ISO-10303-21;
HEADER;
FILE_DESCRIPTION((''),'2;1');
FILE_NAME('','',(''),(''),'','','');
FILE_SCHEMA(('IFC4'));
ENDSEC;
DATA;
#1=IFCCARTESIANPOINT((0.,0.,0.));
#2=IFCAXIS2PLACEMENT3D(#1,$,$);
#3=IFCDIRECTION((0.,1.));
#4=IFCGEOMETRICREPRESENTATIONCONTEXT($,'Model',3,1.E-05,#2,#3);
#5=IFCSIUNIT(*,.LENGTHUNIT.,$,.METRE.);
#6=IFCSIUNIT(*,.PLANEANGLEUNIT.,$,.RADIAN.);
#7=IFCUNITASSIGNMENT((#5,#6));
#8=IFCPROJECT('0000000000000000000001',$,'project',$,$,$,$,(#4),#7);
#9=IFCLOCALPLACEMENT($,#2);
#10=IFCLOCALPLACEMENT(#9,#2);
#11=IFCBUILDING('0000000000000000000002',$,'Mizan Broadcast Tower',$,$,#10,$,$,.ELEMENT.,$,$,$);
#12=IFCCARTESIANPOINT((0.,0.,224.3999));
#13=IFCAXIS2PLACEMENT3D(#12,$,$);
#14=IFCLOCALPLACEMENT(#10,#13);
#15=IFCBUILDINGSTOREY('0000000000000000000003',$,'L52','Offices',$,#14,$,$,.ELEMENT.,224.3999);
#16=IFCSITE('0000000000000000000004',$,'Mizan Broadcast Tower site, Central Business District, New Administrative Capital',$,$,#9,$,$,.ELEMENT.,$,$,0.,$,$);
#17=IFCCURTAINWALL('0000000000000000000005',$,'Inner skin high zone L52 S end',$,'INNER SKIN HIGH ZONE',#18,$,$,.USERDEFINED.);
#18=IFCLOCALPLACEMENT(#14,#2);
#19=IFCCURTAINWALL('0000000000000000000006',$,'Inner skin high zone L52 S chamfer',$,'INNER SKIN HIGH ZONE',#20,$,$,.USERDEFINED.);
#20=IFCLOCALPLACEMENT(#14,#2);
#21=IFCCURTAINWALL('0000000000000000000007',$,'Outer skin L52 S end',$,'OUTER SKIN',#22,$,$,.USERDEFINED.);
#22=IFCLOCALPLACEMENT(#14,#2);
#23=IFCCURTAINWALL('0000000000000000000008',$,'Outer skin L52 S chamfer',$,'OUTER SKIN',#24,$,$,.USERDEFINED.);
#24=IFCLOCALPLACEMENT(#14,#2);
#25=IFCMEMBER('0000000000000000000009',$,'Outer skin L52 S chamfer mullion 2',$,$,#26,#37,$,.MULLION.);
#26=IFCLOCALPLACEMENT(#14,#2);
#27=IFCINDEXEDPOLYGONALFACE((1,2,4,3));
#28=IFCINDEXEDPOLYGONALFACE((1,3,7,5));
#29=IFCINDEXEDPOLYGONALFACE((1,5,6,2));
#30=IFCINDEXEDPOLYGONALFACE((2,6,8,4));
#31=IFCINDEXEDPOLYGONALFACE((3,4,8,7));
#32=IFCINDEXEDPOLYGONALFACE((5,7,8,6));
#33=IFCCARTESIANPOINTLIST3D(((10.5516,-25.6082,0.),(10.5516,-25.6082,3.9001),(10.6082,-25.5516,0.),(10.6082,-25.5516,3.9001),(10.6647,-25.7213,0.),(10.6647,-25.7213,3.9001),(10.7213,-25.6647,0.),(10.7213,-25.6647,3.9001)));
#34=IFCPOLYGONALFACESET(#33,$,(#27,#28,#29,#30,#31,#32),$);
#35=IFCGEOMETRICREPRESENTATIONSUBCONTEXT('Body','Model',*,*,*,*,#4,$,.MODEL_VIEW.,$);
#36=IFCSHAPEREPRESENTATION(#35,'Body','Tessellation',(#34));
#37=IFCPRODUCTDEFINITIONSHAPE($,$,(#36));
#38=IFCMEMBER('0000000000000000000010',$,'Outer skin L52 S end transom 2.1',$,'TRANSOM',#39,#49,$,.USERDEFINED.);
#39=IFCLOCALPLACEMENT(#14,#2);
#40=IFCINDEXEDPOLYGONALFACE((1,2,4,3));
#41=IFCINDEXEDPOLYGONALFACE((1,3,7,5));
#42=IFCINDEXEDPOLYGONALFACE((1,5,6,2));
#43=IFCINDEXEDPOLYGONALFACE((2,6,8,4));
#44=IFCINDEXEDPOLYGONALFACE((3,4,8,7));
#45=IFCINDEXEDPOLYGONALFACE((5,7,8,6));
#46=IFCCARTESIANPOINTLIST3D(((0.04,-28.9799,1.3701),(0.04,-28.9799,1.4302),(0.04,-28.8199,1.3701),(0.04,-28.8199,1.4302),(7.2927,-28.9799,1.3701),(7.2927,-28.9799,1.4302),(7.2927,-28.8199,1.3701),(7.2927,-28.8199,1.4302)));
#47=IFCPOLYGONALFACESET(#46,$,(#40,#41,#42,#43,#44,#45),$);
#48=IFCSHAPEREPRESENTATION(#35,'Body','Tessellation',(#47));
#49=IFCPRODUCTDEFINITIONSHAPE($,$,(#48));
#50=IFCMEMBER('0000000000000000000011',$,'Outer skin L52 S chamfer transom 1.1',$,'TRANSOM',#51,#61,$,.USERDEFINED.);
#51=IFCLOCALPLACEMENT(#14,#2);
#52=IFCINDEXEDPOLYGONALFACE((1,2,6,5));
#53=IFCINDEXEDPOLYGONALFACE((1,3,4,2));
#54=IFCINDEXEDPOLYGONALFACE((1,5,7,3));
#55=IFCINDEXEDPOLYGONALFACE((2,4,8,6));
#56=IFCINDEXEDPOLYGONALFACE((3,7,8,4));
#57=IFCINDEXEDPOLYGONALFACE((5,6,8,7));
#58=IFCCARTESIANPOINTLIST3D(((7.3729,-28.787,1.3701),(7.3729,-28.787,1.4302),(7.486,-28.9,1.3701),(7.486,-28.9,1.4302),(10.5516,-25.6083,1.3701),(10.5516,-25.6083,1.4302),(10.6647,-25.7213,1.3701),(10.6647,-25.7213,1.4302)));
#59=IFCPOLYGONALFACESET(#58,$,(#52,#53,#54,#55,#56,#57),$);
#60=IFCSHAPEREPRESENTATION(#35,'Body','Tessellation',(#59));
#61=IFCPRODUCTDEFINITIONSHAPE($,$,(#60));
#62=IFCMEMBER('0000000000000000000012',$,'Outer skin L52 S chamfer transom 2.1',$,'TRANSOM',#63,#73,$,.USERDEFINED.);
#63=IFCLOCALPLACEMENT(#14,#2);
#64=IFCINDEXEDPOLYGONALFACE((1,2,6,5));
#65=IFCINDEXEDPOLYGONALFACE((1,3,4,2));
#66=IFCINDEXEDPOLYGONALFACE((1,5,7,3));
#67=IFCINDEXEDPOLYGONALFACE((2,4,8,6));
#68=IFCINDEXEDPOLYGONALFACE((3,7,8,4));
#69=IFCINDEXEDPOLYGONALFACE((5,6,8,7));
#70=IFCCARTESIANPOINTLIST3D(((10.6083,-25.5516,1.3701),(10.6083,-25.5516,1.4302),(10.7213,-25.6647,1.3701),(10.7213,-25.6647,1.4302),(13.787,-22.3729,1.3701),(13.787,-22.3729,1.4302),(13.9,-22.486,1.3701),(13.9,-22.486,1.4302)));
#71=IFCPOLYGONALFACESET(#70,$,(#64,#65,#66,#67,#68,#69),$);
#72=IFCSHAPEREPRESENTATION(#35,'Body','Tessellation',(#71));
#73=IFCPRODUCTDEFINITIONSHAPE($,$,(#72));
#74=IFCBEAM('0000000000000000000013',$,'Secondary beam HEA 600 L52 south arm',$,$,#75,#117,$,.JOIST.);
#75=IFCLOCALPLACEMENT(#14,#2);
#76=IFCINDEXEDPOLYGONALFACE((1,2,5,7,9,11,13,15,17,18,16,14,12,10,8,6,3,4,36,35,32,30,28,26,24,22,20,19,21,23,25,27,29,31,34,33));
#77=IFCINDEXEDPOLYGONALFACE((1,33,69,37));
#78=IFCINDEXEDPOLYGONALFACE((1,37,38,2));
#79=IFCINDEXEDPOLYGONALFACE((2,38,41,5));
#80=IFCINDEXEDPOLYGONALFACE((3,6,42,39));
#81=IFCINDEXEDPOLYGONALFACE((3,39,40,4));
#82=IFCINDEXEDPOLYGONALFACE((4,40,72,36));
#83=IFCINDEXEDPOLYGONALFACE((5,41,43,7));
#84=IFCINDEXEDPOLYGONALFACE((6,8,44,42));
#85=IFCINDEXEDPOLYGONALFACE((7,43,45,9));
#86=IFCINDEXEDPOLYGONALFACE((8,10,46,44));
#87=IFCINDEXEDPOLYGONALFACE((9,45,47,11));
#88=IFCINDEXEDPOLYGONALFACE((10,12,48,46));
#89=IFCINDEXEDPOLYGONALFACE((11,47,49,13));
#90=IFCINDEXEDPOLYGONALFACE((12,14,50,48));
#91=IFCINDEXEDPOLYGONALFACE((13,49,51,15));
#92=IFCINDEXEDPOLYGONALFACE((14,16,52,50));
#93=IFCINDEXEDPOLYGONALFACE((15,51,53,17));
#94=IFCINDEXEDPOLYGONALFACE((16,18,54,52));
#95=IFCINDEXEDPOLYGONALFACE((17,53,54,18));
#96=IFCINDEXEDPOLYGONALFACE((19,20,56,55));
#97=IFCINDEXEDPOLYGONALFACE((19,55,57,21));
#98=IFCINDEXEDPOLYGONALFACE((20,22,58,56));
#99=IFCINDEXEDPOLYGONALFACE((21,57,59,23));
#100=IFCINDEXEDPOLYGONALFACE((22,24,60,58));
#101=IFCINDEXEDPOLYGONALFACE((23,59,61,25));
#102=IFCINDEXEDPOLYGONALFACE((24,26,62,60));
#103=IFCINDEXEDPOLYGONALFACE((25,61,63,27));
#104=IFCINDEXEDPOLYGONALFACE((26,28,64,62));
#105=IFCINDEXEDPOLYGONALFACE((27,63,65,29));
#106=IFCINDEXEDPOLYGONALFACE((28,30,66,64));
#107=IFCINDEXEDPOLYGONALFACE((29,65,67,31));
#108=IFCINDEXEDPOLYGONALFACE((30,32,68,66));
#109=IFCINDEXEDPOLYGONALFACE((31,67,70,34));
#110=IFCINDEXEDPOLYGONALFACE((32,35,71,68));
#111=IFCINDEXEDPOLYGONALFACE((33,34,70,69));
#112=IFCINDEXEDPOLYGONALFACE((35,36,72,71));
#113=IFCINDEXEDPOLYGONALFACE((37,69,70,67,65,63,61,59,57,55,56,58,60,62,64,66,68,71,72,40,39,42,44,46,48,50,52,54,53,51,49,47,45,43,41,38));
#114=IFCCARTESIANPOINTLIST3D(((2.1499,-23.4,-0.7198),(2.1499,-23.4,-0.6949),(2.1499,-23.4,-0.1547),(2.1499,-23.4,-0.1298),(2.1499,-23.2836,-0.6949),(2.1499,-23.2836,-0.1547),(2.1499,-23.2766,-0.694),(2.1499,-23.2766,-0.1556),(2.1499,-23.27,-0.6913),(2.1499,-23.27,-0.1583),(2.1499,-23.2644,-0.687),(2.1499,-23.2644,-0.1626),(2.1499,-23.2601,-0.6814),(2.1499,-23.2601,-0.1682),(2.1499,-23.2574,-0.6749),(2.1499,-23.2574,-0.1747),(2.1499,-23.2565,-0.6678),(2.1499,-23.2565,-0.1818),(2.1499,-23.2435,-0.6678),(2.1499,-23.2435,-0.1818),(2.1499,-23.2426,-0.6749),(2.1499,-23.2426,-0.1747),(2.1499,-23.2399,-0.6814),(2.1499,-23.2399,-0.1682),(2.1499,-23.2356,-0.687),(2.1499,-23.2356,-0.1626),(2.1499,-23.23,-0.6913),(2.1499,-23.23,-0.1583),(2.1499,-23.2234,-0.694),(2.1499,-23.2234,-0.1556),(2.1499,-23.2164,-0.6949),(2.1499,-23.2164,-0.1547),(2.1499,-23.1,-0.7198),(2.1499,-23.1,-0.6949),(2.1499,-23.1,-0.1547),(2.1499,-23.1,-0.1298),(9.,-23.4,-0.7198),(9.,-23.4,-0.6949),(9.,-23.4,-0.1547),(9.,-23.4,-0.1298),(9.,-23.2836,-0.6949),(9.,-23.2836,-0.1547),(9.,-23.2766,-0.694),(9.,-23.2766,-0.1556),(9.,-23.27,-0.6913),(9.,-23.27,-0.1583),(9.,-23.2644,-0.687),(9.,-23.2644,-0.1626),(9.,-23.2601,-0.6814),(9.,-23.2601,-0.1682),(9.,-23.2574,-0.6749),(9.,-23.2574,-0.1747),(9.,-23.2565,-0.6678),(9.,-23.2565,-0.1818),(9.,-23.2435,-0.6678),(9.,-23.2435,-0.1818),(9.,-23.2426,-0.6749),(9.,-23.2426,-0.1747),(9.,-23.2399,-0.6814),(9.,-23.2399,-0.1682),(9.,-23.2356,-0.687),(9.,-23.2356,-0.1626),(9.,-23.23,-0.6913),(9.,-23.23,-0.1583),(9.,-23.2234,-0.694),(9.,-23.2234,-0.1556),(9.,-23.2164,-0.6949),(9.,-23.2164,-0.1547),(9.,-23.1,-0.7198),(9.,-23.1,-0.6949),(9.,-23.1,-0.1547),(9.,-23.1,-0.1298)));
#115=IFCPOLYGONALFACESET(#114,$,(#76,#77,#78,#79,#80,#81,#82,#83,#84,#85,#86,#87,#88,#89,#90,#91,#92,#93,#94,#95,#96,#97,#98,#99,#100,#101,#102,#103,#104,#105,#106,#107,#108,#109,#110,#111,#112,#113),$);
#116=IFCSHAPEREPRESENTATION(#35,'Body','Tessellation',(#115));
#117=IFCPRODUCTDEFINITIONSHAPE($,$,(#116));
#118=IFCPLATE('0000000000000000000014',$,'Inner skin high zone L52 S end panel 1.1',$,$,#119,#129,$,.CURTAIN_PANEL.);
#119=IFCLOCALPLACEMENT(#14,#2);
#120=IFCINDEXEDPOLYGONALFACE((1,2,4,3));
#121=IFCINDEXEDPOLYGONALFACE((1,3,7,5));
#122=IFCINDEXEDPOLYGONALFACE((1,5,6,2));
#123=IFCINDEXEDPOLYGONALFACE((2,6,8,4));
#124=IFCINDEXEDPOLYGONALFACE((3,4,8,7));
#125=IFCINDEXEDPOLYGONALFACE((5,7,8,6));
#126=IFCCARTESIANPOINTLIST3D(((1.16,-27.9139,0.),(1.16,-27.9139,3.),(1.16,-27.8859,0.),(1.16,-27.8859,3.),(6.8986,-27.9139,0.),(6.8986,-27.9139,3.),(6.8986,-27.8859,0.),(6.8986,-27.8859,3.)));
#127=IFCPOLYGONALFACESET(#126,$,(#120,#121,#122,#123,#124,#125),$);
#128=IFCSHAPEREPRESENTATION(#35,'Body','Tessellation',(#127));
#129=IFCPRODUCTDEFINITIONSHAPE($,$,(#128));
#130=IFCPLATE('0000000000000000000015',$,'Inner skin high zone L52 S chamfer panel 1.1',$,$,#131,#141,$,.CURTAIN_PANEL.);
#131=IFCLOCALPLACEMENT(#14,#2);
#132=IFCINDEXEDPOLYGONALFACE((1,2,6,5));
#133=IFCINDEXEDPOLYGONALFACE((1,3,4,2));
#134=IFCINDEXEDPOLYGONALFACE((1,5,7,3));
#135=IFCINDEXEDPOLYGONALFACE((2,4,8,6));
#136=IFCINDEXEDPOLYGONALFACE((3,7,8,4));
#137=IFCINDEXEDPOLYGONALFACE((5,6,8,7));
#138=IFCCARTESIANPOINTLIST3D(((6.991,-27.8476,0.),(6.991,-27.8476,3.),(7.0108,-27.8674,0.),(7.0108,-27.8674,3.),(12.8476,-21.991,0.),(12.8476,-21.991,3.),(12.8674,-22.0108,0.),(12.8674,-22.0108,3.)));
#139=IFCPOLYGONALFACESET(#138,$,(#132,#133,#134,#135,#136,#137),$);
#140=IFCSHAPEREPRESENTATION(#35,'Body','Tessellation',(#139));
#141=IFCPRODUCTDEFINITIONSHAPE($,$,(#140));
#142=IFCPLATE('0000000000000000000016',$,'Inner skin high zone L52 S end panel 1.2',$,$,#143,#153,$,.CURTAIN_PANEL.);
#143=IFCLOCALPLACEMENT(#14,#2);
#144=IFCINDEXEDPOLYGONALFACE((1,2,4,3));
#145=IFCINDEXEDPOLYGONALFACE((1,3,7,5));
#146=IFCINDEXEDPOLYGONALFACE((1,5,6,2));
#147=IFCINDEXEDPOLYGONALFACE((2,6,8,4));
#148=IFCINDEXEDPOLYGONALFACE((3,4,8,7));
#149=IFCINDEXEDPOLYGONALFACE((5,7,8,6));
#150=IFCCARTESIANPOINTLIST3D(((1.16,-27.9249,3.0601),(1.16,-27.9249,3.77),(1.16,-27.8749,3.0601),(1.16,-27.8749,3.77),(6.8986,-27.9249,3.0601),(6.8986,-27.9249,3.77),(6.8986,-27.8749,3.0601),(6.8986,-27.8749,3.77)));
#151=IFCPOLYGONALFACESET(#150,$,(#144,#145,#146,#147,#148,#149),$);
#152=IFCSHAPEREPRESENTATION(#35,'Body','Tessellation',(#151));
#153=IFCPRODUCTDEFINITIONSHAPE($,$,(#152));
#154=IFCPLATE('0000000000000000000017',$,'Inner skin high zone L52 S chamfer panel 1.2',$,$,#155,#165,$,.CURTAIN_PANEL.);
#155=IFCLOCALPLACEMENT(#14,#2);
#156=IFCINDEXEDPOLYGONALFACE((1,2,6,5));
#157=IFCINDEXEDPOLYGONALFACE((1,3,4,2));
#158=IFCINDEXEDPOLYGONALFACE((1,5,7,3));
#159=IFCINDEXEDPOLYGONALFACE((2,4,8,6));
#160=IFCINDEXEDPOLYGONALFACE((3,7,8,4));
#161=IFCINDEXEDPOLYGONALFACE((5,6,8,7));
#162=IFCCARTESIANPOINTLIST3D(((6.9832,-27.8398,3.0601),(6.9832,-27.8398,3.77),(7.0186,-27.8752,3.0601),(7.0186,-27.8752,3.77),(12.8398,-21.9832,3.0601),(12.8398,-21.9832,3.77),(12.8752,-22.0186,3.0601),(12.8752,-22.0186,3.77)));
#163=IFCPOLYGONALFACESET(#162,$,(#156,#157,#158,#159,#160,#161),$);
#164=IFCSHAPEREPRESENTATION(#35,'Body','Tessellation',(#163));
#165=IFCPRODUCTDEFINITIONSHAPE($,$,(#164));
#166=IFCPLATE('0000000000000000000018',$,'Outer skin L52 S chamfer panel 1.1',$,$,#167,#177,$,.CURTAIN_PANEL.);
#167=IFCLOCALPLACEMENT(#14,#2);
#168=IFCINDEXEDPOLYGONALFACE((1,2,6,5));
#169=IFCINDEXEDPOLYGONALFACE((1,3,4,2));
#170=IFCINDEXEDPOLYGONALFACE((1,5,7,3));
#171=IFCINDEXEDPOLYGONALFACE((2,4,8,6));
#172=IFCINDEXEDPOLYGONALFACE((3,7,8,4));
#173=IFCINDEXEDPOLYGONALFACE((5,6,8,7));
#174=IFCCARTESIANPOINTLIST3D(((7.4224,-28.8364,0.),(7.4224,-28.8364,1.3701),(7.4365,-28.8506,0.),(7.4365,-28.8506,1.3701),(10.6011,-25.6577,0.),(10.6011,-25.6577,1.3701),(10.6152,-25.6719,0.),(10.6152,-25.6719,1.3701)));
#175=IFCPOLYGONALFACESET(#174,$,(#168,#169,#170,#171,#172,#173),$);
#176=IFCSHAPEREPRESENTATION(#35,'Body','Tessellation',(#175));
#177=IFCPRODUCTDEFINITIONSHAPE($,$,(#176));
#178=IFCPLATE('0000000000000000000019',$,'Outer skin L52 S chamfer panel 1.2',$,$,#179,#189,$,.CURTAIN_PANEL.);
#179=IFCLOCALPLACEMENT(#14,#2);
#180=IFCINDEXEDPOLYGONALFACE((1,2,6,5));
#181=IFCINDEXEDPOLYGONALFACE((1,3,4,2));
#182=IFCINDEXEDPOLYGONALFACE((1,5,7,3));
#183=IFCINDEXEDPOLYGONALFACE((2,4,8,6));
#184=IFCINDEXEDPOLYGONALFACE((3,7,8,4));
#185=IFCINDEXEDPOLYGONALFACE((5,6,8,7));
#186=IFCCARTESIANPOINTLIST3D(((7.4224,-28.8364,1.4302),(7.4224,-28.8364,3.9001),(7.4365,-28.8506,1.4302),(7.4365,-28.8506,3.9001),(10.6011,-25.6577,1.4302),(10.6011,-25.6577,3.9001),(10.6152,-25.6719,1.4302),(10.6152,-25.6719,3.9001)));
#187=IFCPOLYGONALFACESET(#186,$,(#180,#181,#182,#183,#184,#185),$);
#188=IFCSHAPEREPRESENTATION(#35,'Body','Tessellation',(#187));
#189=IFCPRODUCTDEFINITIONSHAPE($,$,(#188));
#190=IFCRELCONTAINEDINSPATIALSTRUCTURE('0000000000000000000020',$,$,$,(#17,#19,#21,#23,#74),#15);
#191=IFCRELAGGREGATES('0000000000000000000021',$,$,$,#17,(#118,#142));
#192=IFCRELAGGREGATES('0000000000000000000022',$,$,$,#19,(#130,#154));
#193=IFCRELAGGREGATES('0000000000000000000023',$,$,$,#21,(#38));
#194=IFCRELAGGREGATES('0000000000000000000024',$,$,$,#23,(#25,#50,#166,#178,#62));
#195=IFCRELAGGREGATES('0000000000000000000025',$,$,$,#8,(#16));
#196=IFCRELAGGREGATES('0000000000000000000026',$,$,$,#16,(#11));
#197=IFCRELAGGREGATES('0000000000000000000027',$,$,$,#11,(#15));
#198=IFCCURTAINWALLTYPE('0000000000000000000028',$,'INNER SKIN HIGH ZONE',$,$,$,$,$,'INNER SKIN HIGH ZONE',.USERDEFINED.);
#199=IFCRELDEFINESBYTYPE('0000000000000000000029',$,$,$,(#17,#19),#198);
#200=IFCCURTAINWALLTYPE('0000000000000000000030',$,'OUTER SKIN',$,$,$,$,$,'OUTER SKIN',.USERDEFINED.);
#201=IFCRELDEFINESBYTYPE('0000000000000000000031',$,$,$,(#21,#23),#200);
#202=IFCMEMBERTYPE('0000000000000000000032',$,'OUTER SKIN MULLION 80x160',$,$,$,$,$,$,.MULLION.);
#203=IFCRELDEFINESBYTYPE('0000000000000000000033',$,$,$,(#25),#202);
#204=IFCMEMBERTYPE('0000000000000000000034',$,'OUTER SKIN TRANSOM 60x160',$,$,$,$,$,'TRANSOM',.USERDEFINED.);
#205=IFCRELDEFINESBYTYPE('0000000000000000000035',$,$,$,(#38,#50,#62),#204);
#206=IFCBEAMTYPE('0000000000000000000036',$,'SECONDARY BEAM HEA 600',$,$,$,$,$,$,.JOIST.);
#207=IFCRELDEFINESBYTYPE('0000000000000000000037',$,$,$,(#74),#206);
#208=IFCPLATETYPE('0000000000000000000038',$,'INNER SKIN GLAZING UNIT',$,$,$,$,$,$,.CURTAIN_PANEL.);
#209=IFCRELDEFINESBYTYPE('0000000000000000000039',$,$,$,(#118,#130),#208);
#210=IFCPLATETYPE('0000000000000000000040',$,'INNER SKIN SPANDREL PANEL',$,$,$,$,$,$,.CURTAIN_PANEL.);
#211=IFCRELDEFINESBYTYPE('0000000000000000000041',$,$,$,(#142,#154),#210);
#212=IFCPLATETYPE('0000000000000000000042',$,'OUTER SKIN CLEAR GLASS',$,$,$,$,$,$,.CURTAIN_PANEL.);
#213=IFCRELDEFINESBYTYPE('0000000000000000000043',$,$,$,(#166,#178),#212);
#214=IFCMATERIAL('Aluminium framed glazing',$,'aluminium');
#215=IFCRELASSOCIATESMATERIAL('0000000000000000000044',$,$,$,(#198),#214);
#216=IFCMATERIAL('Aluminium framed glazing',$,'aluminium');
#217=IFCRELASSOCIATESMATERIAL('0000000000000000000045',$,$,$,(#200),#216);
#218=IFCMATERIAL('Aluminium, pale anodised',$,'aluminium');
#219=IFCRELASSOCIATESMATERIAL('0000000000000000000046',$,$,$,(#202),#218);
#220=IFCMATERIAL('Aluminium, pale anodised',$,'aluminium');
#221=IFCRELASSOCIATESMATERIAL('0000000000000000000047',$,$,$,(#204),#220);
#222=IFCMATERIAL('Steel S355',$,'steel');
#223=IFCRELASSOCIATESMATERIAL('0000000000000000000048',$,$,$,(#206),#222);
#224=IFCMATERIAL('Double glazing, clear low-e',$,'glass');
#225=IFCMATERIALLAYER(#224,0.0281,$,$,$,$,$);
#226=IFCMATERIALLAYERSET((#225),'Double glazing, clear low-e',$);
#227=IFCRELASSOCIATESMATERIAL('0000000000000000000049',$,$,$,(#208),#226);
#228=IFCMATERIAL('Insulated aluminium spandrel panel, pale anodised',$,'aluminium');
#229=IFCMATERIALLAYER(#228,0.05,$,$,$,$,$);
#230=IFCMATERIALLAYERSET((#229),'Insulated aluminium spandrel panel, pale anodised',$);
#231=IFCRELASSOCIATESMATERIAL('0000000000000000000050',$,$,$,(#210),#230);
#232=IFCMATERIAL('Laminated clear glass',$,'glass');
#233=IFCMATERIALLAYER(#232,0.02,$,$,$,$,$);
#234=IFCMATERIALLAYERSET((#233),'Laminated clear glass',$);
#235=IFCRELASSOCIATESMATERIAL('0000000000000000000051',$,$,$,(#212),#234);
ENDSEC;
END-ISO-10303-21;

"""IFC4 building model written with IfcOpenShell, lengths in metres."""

from ifc_helpers import new_model, si_unit, direction, frame, origin, origin_2d, place, context, subcontext, project, spatial, rectangle, i_section, extrude, material, layer, layer_set, material_profile, profile_set, type_object, element, aggregate, save


model = new_model("IFC4")

# Units and contexts
model_context = context("Model", 3, precision=1e-05, world=origin(), true_north=direction((0.0, 1.0)))
body_context = subcontext(model_context, "Body", "Model", "MODEL_VIEW")
ifc_project = project(units=[si_unit("LENGTHUNIT", "METRE"), si_unit("PLANEANGLEUNIT", "RADIAN")], contexts=[model_context])

# Site, building, storey
site_placement = place(None, origin())
site = spatial("IfcSite", under=ifc_project, at=site_placement, Name="Mizan Broadcast Tower site, Central Business District, New Administrative Capital", CompositionType="ELEMENT", RefElevation=0.0)
building_placement = place(site_placement, origin())
building = spatial("IfcBuilding", under=site, at=building_placement, Name="Mizan Broadcast Tower", CompositionType="ELEMENT")
storey_placement = place(building_placement, frame((0.0, 0.0, 224.3999)))
storey = spatial("IfcBuildingStorey", under=building, at=storey_placement, Name="L52", Description="Offices", CompositionType="ELEMENT", Elevation=224.3999)

# Curtain wall
ifc_material_1 = material(Name="Aluminium framed glazing", Category="aluminium")
curtain_wall_type_1 = type_object("IfcCurtainWallType", Name="INNER SKIN HIGH ZONE", ElementType="INNER SKIN HIGH ZONE", PredefinedType="USERDEFINED", material=ifc_material_1)
curtain_wall_1_placement = place(storey_placement, origin())
curtain_wall_1 = element("IfcCurtainWall", 1, at=curtain_wall_1_placement, inside=storey, type_object=curtain_wall_type_1, Name="Inner skin high zone L52 S end", ObjectType="INNER SKIN HIGH ZONE", PredefinedType="USERDEFINED")

# Curtain wall
curtain_wall_2_placement = place(storey_placement, origin())
curtain_wall_2 = element("IfcCurtainWall", 2, at=curtain_wall_2_placement, inside=storey, type_object=curtain_wall_type_1, Name="Inner skin high zone L52 S chamfer", ObjectType="INNER SKIN HIGH ZONE", PredefinedType="USERDEFINED")

# Curtain wall
ifc_material_2 = material(Name="Aluminium framed glazing", Category="aluminium")
curtain_wall_type_2 = type_object("IfcCurtainWallType", Name="OUTER SKIN", ElementType="OUTER SKIN", PredefinedType="USERDEFINED", material=ifc_material_2)
curtain_wall_3_placement = place(storey_placement, origin())
curtain_wall_3 = element("IfcCurtainWall", 3, at=curtain_wall_3_placement, inside=storey, type_object=curtain_wall_type_2, Name="Outer skin L52 S end", ObjectType="OUTER SKIN", PredefinedType="USERDEFINED")
ifc_material_3 = material(Name="Aluminium, pale anodised", Category="aluminium")
ifc_material_profile_1 = material_profile(ifc_material_3, rectangle(XDim=0.1599, YDim=0.0801, at=origin_2d()), Name="MULLION 160x80")
ifc_profile_set_1 = profile_set([ifc_material_profile_1], Name="Aluminium, pale anodised")
member_type_1 = type_object("IfcMemberType", Name="OUTER SKIN MULLION 80x160", PredefinedType="MULLION", material=ifc_profile_set_1)

# Curtain wall, member
curtain_wall_4_placement = place(storey_placement, origin())
curtain_wall_4 = element("IfcCurtainWall", 4, at=curtain_wall_4_placement, inside=storey, type_object=curtain_wall_type_2, Name="Outer skin L52 S chamfer", ObjectType="OUTER SKIN", PredefinedType="USERDEFINED")
member_1_placement = place(storey_placement, frame((10.6365, -25.6365, 0.0), z_axis=(0.0, 0.0, 1.0), x_axis=(-0.707107, 0.707107, 0.0)))
member_1 = element("IfcMember", 5, at=member_1_placement, type_object=member_type_1, Name="Outer skin L52 S chamfer mullion 2", PredefinedType="MULLION", context=body_context, shape_type="SweptSolid", body=[
    extrude(rectangle(XDim=0.1599, YDim=0.0801, at=origin_2d()), origin(), (0.0, 0.0, 1.0), 3.9001),
])

# Members
ifc_material_4 = material(Name="Aluminium, pale anodised", Category="aluminium")
ifc_material_profile_2 = material_profile(ifc_material_4, rectangle(XDim=0.1599, YDim=0.0601, at=origin_2d()), Name="TRANSOM 160x60")
ifc_profile_set_2 = profile_set([ifc_material_profile_2], Name="Aluminium, pale anodised")
member_type_2 = type_object("IfcMemberType", Name="OUTER SKIN TRANSOM 60x160", ElementType="TRANSOM", PredefinedType="USERDEFINED", material=ifc_profile_set_2)
member_2_placement = place(storey_placement, frame((0.04, -28.8999, 1.4001), z_axis=(1.0, 0.0, 0.0), x_axis=(0.0, 1.0, 0.0)))
member_2 = element("IfcMember", 6, at=member_2_placement, type_object=member_type_2, Name="Outer skin L52 S end transom 2.1", ObjectType="TRANSOM", PredefinedType="USERDEFINED", context=body_context, shape_type="SweptSolid", body=[
    extrude(rectangle(XDim=0.1599, YDim=0.0601, at=origin_2d()), origin(), (0.0, 0.0, 1.0), 7.2527),
])
member_3_placement = place(storey_placement, frame((7.4294, -28.8435, 1.4001), z_axis=(0.707107, 0.707107, 0.0), x_axis=(-0.707107, 0.707107, 0.0)))
member_3 = element("IfcMember", 7, at=member_3_placement, type_object=member_type_2, Name="Outer skin L52 S chamfer transom 1.1", ObjectType="TRANSOM", PredefinedType="USERDEFINED", context=body_context, shape_type="SweptSolid", body=[
    extrude(rectangle(XDim=0.1599, YDim=0.0601, at=origin_2d()), origin(), (0.0, 0.0, 1.0), 4.4954),
])
member_4_placement = place(storey_placement, frame((10.6648, -25.6082, 1.4001), z_axis=(0.707107, 0.707107, 0.0), x_axis=(-0.707107, 0.707107, 0.0)))
member_4 = element("IfcMember", 8, at=member_4_placement, type_object=member_type_2, Name="Outer skin L52 S chamfer transom 2.1", ObjectType="TRANSOM", PredefinedType="USERDEFINED", context=body_context, shape_type="SweptSolid", body=[
    extrude(rectangle(XDim=0.1599, YDim=0.0601, at=origin_2d()), origin(), (0.0, 0.0, 1.0), 4.4954),
])

# Beam
ifc_material_5 = material(Name="Steel S355", Category="steel")
ifc_material_profile_3 = material_profile(ifc_material_5, i_section(OverallWidth=0.3, OverallDepth=0.5901, WebThickness=0.0129, FlangeThickness=0.0249, FilletRadius=0.0271, at=origin_2d()), Name="HEA 600")
ifc_profile_set_3 = profile_set([ifc_material_profile_3], Name="Steel S355")
beam_type_1 = type_object("IfcBeamType", Name="SECONDARY BEAM HEA 600", PredefinedType="JOIST", material=ifc_profile_set_3)
beam_1_placement = place(storey_placement, frame((9.0, -23.25, -0.4248), z_axis=(-1.0, 0.0, 0.0), x_axis=(0.0, -1.0, 0.0)))
element("IfcBeam", 9, at=beam_1_placement, inside=storey, type_object=beam_type_1, Name="Secondary beam HEA 600 L52 south arm", PredefinedType="JOIST", context=body_context, shape_type="SweptSolid", body=[
    extrude(i_section(OverallWidth=0.3, OverallDepth=0.5901, WebThickness=0.0129, FlangeThickness=0.0249, FilletRadius=0.0271, at=origin_2d()), origin(), (0.0, 0.0, 1.0), 6.8501),
])

# Plates
ifc_material_6 = material(Name="Double glazing, clear low-e", Category="glass")
ifc_layer_1 = layer(ifc_material_6, 0.0281)
ifc_layer_set_1 = layer_set([ifc_layer_1], Name="Double glazing, clear low-e")
plate_type_1 = type_object("IfcPlateType", Name="INNER SKIN GLAZING UNIT", PredefinedType="CURTAIN_PANEL", material=ifc_layer_set_1)
plate_1_placement = place(storey_placement, frame((4.0293, -27.8999, 0.0), z_axis=(0.0, 0.0, 1.0), x_axis=(1.0, 0.0, 0.0)))
plate_1 = element("IfcPlate", 10, at=plate_1_placement, type_object=plate_type_1, Name="Inner skin high zone L52 S end panel 1.1", PredefinedType="CURTAIN_PANEL", context=body_context, shape_type="SweptSolid", body=[
    extrude(rectangle(XDim=5.7385, YDim=0.0281, at=origin_2d()), origin(), (0.0, 0.0, 1.0), 3.0),
])
plate_2_placement = place(storey_placement, frame((9.9292, -24.9292, 0.0), z_axis=(0.0, 0.0, 1.0), x_axis=(0.707107, 0.707107, 0.0)))
plate_2 = element("IfcPlate", 11, at=plate_2_placement, type_object=plate_type_1, Name="Inner skin high zone L52 S chamfer panel 1.1", PredefinedType="CURTAIN_PANEL", context=body_context, shape_type="SweptSolid", body=[
    extrude(rectangle(XDim=8.2825, YDim=0.0281, at=origin_2d()), origin(), (0.0, 0.0, 1.0), 3.0),
])
ifc_material_7 = material(Name="Insulated aluminium spandrel panel, pale anodised", Category="aluminium")
ifc_layer_2 = layer(ifc_material_7, 0.05)
ifc_layer_set_2 = layer_set([ifc_layer_2], Name="Insulated aluminium spandrel panel, pale anodised")
plate_type_2 = type_object("IfcPlateType", Name="INNER SKIN SPANDREL PANEL", PredefinedType="CURTAIN_PANEL", material=ifc_layer_set_2)
plate_3_placement = place(storey_placement, frame((4.0293, -27.8999, 3.0601), z_axis=(0.0, 0.0, 1.0), x_axis=(1.0, 0.0, 0.0)))
plate_3 = element("IfcPlate", 12, at=plate_3_placement, type_object=plate_type_2, Name="Inner skin high zone L52 S end panel 1.2", PredefinedType="CURTAIN_PANEL", context=body_context, shape_type="SweptSolid", body=[
    extrude(rectangle(XDim=5.7385, YDim=0.05, at=origin_2d()), origin(), (0.0, 0.0, 1.0), 0.71),
])
aggregate(curtain_wall_1, [plate_1, plate_3])
plate_4_placement = place(storey_placement, frame((9.9292, -24.9292, 3.0601), z_axis=(0.0, 0.0, 1.0), x_axis=(0.707107, 0.707107, 0.0)))
plate_4 = element("IfcPlate", 13, at=plate_4_placement, type_object=plate_type_2, Name="Inner skin high zone L52 S chamfer panel 1.2", PredefinedType="CURTAIN_PANEL", context=body_context, shape_type="SweptSolid", body=[
    extrude(rectangle(XDim=8.2825, YDim=0.05, at=origin_2d()), origin(), (0.0, 0.0, 1.0), 0.71),
])
aggregate(curtain_wall_2, [plate_2, plate_4])
ifc_material_8 = material(Name="Laminated clear glass", Category="glass")
ifc_layer_3 = layer(ifc_material_8, 0.02)
ifc_layer_set_3 = layer_set([ifc_layer_3], Name="Laminated clear glass")
plate_type_3 = type_object("IfcPlateType", Name="OUTER SKIN CLEAR GLASS", PredefinedType="CURTAIN_PANEL", material=ifc_layer_set_3)
plate_5_placement = place(storey_placement, frame((9.0188, -27.2542, 0.0), z_axis=(0.0, 0.0, 1.0), x_axis=(0.707107, 0.707107, 0.0)))
plate_5 = element("IfcPlate", 14, at=plate_5_placement, type_object=plate_type_3, Name="Outer skin L52 S chamfer panel 1.1", PredefinedType="CURTAIN_PANEL", context=body_context, shape_type="SweptSolid", body=[
    extrude(rectangle(XDim=4.4954, YDim=0.02, at=origin_2d()), origin(), (0.0, 0.0, 1.0), 1.3701),
])
plate_6_placement = place(storey_placement, frame((9.0188, -27.2542, 1.4302), z_axis=(0.0, 0.0, 1.0), x_axis=(0.707107, 0.707107, 0.0)))
plate_6 = element("IfcPlate", 15, at=plate_6_placement, type_object=plate_type_3, Name="Outer skin L52 S chamfer panel 1.2", PredefinedType="CURTAIN_PANEL", context=body_context, shape_type="SweptSolid", body=[
    extrude(rectangle(XDim=4.4954, YDim=0.02, at=origin_2d()), origin(), (0.0, 0.0, 1.0), 2.47),
])
aggregate(curtain_wall_3, [member_2])
aggregate(curtain_wall_4, [member_1, member_3, plate_5, plate_6, member_4])

save(model, "model.ifc")
